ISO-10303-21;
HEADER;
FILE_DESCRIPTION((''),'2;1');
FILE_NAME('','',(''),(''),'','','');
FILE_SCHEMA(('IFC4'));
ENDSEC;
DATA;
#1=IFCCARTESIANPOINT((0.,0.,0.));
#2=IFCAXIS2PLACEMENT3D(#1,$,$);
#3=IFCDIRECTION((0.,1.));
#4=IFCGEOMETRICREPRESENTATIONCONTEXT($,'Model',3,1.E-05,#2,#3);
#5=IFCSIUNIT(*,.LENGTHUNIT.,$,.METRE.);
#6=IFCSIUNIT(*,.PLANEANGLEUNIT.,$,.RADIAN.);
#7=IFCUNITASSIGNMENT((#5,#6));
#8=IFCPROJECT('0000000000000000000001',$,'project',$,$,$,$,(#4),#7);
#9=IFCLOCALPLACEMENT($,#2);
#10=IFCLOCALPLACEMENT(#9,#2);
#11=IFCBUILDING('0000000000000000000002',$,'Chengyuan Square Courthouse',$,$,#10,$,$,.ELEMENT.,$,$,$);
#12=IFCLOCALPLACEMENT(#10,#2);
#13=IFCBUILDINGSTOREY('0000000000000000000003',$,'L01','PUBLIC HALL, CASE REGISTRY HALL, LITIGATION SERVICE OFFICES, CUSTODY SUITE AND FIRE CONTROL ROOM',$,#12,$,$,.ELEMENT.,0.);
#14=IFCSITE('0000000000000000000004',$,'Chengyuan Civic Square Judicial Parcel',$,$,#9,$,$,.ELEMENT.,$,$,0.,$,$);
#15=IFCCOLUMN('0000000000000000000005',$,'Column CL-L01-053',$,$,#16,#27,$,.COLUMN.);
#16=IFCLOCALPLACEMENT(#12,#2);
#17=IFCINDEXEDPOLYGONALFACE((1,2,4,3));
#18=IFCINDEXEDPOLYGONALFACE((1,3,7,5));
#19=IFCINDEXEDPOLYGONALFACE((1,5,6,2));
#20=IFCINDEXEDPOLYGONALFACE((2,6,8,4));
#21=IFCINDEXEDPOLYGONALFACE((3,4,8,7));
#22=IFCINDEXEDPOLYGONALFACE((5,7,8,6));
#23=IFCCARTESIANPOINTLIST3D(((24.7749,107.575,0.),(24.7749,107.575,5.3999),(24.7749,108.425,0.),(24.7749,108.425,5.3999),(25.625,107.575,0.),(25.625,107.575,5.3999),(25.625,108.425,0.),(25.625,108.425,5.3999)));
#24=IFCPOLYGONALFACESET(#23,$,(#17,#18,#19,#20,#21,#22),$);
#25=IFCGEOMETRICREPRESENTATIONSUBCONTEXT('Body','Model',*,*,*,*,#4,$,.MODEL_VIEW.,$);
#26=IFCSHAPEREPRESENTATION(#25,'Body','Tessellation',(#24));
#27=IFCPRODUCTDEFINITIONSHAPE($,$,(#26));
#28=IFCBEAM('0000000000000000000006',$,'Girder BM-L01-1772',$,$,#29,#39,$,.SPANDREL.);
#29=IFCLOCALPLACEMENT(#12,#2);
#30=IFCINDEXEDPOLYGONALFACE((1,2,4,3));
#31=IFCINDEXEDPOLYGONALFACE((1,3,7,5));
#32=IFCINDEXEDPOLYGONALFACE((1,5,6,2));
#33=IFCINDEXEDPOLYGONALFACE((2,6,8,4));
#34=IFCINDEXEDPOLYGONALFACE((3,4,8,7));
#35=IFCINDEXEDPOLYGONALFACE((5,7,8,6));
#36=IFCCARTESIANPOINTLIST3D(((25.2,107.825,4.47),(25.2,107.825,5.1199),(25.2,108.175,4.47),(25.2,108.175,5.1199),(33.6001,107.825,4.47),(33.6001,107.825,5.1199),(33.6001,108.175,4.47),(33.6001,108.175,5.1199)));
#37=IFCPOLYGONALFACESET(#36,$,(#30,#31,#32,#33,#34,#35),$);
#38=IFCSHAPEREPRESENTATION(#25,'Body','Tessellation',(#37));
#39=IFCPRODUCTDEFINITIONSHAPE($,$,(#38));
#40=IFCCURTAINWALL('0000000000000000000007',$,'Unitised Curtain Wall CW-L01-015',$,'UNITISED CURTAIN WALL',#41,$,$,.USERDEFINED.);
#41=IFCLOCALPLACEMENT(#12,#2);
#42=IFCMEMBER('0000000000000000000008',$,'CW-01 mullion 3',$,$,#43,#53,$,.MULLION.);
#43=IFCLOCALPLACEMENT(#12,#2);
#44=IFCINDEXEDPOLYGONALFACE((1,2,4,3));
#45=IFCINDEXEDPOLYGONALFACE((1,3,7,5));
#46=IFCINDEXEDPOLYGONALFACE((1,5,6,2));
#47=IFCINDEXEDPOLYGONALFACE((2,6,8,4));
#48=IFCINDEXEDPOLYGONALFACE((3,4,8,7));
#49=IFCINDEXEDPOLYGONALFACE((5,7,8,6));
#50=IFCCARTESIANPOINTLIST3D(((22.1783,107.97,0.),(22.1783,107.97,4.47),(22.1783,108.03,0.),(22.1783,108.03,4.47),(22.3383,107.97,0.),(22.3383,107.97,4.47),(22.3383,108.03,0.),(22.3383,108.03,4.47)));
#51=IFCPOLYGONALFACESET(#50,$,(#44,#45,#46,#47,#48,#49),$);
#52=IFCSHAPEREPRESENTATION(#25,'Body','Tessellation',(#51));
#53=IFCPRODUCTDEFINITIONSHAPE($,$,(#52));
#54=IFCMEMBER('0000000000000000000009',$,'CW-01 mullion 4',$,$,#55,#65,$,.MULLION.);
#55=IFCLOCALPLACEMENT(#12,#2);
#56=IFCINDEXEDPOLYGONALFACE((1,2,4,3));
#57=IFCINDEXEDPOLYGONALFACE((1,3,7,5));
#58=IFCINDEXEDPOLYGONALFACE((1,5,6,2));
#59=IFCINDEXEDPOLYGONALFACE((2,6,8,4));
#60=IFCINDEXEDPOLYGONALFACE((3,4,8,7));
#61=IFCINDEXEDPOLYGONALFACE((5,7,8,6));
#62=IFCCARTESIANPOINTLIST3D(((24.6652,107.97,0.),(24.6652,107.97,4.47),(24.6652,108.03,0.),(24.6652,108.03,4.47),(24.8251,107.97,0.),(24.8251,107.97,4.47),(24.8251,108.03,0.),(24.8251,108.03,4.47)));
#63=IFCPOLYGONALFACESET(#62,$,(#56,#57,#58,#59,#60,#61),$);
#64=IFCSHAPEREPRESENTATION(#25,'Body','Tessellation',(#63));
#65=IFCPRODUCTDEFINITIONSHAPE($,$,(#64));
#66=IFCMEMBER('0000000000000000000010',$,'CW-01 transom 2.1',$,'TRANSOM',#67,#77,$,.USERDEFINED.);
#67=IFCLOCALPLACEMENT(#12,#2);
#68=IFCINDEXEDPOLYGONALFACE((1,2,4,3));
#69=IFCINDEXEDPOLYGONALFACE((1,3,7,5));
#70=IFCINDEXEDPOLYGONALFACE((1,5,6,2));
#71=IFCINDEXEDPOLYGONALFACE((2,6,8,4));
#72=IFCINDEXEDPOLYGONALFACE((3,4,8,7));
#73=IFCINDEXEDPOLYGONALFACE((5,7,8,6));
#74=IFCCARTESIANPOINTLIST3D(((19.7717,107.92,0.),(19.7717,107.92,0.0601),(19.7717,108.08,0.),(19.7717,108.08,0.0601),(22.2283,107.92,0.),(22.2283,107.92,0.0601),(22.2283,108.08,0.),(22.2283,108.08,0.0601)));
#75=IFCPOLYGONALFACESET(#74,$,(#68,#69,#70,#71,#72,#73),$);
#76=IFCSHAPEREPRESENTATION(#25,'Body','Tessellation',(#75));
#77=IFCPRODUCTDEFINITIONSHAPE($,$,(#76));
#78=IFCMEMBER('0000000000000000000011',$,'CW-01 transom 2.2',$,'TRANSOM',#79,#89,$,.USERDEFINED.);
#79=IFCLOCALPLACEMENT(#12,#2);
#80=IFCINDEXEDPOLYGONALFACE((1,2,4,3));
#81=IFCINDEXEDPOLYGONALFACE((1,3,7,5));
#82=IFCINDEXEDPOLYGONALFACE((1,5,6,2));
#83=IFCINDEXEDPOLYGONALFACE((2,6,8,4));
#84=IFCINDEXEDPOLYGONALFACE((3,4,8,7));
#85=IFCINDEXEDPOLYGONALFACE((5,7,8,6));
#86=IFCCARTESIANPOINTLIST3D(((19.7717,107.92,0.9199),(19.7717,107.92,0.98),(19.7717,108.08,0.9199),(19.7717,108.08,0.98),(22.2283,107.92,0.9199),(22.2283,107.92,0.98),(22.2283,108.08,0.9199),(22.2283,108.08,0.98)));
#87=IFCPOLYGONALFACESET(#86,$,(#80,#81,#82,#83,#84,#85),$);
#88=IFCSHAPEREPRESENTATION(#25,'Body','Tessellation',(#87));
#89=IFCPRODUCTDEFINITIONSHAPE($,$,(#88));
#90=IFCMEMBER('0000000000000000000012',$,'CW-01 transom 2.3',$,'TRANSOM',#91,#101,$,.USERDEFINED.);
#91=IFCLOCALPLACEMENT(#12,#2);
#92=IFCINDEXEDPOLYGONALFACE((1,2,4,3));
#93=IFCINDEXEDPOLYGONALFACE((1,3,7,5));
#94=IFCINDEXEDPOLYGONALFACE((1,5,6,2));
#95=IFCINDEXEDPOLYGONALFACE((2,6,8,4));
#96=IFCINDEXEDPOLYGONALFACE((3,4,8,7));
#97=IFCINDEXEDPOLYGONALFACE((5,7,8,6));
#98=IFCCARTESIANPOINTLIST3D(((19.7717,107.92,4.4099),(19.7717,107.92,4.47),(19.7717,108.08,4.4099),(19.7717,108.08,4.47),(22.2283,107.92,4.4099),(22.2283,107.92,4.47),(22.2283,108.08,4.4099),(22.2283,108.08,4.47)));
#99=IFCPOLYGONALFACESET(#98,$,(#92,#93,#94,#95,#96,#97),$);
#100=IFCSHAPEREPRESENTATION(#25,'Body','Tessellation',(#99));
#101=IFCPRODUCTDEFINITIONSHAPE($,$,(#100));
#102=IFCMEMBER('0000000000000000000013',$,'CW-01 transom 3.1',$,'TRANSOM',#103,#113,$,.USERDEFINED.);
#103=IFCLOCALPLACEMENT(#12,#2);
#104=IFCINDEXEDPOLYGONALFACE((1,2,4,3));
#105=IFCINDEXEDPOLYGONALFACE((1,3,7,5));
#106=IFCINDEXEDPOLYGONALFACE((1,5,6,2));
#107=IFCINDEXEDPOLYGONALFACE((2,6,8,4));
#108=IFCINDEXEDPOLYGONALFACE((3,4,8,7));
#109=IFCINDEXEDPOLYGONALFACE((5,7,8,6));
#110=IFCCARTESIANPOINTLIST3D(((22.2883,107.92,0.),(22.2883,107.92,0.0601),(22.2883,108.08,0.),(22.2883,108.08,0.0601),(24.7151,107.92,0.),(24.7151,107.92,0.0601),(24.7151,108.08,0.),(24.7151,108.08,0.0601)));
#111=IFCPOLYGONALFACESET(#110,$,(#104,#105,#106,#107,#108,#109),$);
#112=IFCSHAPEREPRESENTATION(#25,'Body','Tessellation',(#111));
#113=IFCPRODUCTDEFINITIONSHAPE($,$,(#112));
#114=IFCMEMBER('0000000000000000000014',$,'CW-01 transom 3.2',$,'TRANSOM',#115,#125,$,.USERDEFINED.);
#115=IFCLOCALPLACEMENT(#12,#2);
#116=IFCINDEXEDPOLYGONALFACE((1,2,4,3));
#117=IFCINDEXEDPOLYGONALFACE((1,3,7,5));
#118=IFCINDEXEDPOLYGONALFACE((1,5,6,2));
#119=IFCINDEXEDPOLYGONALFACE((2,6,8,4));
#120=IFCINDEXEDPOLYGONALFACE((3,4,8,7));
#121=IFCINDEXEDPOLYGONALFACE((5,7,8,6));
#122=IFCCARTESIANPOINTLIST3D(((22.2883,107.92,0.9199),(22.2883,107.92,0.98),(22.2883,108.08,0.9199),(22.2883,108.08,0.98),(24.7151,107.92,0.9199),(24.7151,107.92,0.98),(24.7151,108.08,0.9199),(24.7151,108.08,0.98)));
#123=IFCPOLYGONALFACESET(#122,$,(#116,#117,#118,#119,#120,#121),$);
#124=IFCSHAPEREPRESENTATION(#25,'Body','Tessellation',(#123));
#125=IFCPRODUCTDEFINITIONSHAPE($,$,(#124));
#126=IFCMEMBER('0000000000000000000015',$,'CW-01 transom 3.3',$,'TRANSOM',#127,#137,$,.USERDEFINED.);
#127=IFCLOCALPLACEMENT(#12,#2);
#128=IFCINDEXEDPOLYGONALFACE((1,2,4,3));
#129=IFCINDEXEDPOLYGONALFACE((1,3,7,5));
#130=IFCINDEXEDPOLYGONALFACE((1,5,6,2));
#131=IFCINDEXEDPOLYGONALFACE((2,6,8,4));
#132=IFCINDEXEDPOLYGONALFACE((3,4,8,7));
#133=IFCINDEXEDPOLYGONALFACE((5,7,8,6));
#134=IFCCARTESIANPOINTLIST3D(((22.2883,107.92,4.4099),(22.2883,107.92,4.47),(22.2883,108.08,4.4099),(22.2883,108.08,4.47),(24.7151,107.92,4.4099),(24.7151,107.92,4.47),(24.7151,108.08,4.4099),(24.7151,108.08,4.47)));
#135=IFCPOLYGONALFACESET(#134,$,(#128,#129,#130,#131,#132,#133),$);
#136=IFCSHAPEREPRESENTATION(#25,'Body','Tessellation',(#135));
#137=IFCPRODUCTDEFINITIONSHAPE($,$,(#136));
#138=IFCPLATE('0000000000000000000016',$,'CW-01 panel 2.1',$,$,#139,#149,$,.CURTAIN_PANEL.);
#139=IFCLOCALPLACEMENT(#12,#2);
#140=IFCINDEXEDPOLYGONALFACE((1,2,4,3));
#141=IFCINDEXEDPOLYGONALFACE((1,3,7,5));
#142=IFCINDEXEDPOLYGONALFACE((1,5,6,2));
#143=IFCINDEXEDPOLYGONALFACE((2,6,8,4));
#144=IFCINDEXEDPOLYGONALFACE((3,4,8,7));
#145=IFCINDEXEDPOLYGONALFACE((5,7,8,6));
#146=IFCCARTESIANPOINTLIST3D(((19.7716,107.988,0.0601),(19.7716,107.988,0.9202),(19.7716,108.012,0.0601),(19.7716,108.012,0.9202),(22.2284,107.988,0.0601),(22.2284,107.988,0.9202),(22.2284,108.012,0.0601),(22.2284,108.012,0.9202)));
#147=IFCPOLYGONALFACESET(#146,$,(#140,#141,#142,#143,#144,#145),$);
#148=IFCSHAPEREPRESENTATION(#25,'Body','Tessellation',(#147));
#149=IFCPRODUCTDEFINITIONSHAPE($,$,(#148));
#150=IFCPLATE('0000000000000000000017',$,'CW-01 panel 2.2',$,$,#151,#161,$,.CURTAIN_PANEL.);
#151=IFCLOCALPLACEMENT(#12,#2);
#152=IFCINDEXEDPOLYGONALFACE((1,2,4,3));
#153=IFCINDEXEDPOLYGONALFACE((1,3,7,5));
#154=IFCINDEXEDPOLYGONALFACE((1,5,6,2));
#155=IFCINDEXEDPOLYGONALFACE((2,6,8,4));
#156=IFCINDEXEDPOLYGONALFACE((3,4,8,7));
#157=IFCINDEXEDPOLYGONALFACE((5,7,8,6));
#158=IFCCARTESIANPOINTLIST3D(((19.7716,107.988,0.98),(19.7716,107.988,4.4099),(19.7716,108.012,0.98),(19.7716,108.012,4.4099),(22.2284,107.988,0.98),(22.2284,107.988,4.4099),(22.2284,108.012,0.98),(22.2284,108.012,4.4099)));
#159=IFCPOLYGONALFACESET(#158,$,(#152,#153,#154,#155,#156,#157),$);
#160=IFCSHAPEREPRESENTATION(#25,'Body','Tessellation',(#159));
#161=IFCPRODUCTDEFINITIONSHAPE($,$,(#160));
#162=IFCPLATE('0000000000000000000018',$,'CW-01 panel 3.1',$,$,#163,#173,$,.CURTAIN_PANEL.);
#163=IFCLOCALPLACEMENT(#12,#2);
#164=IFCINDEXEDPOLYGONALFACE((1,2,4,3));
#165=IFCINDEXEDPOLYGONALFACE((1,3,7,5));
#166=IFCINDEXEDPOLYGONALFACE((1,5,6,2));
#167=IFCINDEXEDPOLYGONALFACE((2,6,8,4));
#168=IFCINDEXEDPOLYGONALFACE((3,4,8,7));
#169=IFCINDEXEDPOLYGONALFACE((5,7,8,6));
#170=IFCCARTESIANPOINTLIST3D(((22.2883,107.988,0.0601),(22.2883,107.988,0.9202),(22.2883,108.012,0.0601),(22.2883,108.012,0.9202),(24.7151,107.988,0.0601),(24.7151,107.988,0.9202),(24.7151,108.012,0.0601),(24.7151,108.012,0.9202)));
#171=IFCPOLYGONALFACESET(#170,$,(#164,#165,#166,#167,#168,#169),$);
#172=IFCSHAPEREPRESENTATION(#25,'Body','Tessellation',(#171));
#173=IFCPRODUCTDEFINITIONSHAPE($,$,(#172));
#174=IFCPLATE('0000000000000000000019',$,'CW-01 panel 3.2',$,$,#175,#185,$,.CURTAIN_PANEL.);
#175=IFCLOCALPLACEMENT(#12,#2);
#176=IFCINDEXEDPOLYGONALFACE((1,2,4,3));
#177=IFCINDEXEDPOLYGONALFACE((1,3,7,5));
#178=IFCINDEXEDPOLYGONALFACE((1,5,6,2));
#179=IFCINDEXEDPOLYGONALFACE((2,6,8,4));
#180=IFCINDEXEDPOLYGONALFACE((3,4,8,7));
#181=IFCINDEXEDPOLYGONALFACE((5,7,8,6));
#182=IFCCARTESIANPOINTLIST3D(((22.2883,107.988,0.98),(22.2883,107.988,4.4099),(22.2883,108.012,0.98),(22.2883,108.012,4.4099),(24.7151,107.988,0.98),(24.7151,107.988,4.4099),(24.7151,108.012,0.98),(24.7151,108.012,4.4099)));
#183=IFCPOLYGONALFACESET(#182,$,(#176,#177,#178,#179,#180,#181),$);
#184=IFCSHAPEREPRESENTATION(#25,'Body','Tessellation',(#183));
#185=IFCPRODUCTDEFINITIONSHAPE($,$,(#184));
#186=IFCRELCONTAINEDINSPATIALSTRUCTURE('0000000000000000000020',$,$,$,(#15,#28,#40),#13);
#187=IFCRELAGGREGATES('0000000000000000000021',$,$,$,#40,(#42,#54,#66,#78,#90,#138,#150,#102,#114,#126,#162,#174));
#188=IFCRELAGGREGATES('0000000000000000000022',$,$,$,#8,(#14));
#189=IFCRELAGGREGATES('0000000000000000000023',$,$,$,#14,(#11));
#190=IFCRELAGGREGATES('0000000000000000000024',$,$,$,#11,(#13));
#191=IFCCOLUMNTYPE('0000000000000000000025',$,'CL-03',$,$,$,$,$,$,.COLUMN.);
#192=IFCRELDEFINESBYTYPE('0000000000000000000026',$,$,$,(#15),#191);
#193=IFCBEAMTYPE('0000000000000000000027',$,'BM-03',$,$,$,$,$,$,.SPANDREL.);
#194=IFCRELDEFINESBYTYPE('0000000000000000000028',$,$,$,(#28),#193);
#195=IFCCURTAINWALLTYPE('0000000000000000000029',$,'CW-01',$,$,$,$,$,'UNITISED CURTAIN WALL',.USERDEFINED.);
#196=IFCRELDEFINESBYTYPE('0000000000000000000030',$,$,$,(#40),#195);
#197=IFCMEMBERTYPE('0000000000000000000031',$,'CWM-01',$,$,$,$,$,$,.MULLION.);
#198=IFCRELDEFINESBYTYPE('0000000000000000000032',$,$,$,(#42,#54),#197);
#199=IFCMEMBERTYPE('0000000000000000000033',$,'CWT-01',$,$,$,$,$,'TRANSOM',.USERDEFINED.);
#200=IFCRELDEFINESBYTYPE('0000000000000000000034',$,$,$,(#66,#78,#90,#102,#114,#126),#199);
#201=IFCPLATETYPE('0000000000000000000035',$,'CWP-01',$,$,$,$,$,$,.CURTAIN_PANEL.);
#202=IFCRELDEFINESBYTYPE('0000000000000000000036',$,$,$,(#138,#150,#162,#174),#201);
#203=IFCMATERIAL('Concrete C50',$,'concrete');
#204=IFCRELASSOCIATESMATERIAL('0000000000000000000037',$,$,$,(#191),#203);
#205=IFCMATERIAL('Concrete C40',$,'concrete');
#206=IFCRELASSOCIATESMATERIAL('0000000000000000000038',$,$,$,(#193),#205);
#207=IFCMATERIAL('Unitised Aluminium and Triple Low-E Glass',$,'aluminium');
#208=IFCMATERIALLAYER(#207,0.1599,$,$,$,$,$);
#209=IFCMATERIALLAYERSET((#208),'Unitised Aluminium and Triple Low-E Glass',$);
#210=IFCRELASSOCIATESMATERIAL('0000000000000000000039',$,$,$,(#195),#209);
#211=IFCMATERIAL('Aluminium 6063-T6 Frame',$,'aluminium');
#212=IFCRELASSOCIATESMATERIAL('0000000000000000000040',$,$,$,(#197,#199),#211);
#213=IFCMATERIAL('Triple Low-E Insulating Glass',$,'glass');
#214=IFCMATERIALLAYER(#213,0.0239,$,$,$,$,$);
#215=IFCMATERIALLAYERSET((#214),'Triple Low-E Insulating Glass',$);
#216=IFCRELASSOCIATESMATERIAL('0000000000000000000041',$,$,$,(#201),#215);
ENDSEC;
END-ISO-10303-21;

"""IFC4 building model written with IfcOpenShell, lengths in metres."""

from ifc_helpers import new_model, si_unit, direction, frame, origin, origin_2d, place, context, subcontext, project, spatial, rectangle, extrude, material, layer, layer_set, material_profile, profile_set, type_object, element, aggregate, save


model = new_model("IFC4")

# Units and contexts
model_context = context("Model", 3, precision=1e-05, world=origin(), true_north=direction((0.0, 1.0)))
body_context = subcontext(model_context, "Body", "Model", "MODEL_VIEW")
ifc_project = project(units=[si_unit("LENGTHUNIT", "METRE"), si_unit("PLANEANGLEUNIT", "RADIAN")], contexts=[model_context])

# Site, building, storey
site_placement = place(None, origin())
site = spatial("IfcSite", under=ifc_project, at=site_placement, Name="Chengyuan Civic Square Judicial Parcel", CompositionType="ELEMENT", RefElevation=0.0)
building_placement = place(site_placement, origin())
building = spatial("IfcBuilding", under=site, at=building_placement, Name="Chengyuan Square Courthouse", CompositionType="ELEMENT")
storey_placement = place(building_placement, origin())
storey = spatial("IfcBuildingStorey", under=building, at=storey_placement, Name="L01", Description="PUBLIC HALL, CASE REGISTRY HALL, LITIGATION SERVICE OFFICES, CUSTODY SUITE AND FIRE CONTROL ROOM", CompositionType="ELEMENT", Elevation=0.0)

# Column
ifc_material_1 = material(Name="Concrete C50", Category="concrete")
ifc_material_profile_1 = material_profile(ifc_material_1, rectangle(XDim=0.8501, YDim=0.8501, at=origin_2d()), Name="RC-COL-850x850")
ifc_profile_set_1 = profile_set([ifc_material_profile_1], Name="Concrete C50")
column_type = type_object("IfcColumnType", Name="CL-03", PredefinedType="COLUMN", material=ifc_profile_set_1)
column_placement = place(storey_placement, frame((25.2, 108.0, 0.0), z_axis=(0.0, 0.0, 1.0), x_axis=(1.0, 0.0, 0.0)))
element("IfcColumn", 1, at=column_placement, inside=storey, type_object=column_type, Name="Column CL-L01-053", PredefinedType="COLUMN", context=body_context, shape_type="SweptSolid", body=[
    extrude(rectangle(XDim=0.8501, YDim=0.8501, at=origin_2d()), origin(), (0.0, 0.0, 1.0), 5.3999),
])

# Beam
ifc_material_2 = material(Name="Concrete C40", Category="concrete")
ifc_material_profile_2 = material_profile(ifc_material_2, rectangle(XDim=0.3501, YDim=0.6499, at=origin_2d()), Name="RC-BM-350x650")
ifc_profile_set_2 = profile_set([ifc_material_profile_2], Name="Concrete C40")
beam_type = type_object("IfcBeamType", Name="BM-03", PredefinedType="SPANDREL", material=ifc_profile_set_2)
beam_placement = place(storey_placement, frame((25.2, 108.0, 4.7949), z_axis=(1.0, 0.0, 0.0), x_axis=(0.0, 1.0, 0.0)))
element("IfcBeam", 2, at=beam_placement, inside=storey, type_object=beam_type, Name="Girder BM-L01-1772", PredefinedType="SPANDREL", context=body_context, shape_type="SweptSolid", body=[
    extrude(rectangle(XDim=0.3501, YDim=0.6499, at=origin_2d()), origin(), (0.0, 0.0, 1.0), 8.4001),
])

# Curtain wall, members, plates
ifc_material_3 = material(Name="Unitised Aluminium and Triple Low-E Glass", Category="aluminium")
ifc_layer_1 = layer(ifc_material_3, 0.1599)
ifc_layer_set_1 = layer_set([ifc_layer_1], Name="Unitised Aluminium and Triple Low-E Glass")
curtain_wall_type = type_object("IfcCurtainWallType", Name="CW-01", ElementType="UNITISED CURTAIN WALL", PredefinedType="USERDEFINED", material=ifc_layer_set_1)
curtain_wall_placement = place(storey_placement, origin())
curtain_wall = element("IfcCurtainWall", 3, at=curtain_wall_placement, inside=storey, type_object=curtain_wall_type, Name="Unitised Curtain Wall CW-L01-015", ObjectType="UNITISED CURTAIN WALL", PredefinedType="USERDEFINED")
ifc_material_4 = material(Name="Aluminium 6063-T6 Frame", Category="aluminium")
ifc_material_profile_3 = material_profile(ifc_material_4, rectangle(XDim=0.0601, YDim=0.1599, at=origin_2d()), Name="CW-MUL-60x160")
ifc_profile_set_3 = profile_set([ifc_material_profile_3], Name="Aluminium 6063-T6 Frame")
member_type_1 = type_object("IfcMemberType", Name="CWM-01", PredefinedType="MULLION", material=ifc_profile_set_3)
member_1_placement = place(storey_placement, frame((22.2583, 108.0, 0.0), z_axis=(0.0, 0.0, 1.0), x_axis=(0.0, 1.0, 0.0)))
member_1 = element("IfcMember", 4, at=member_1_placement, type_object=member_type_1, Name="CW-01 mullion 3", PredefinedType="MULLION", context=body_context, shape_type="SweptSolid", body=[
    extrude(rectangle(XDim=0.0601, YDim=0.1599, at=origin_2d()), origin(), (0.0, 0.0, 1.0), 4.47),
])
member_2_placement = place(storey_placement, frame((24.7451, 108.0, 0.0), z_axis=(0.0, 0.0, 1.0), x_axis=(0.0, 1.0, 0.0)))
member_2 = element("IfcMember", 5, at=member_2_placement, type_object=member_type_1, Name="CW-01 mullion 4", PredefinedType="MULLION", context=body_context, shape_type="SweptSolid", body=[
    extrude(rectangle(XDim=0.0601, YDim=0.1599, at=origin_2d()), origin(), (0.0, 0.0, 1.0), 4.47),
])
ifc_material_profile_4 = material_profile(ifc_material_4, rectangle(XDim=0.1599, YDim=0.0601, at=origin_2d()), Name="CW-TRN-60x120")
ifc_profile_set_4 = profile_set([ifc_material_profile_4], Name="Aluminium 6063-T6 Frame")
member_type_2 = type_object("IfcMemberType", Name="CWT-01", ElementType="TRANSOM", PredefinedType="USERDEFINED", material=ifc_profile_set_4)
member_3_placement = place(storey_placement, frame((19.7717, 108.0, 0.03), z_axis=(1.0, 0.0, 0.0), x_axis=(0.0, 1.0, 0.0)))
member_3 = element("IfcMember", 6, at=member_3_placement, type_object=member_type_2, Name="CW-01 transom 2.1", ObjectType="TRANSOM", PredefinedType="USERDEFINED", context=body_context, shape_type="SweptSolid", body=[
    extrude(rectangle(XDim=0.1599, YDim=0.0601, at=origin_2d()), origin(), (0.0, 0.0, 1.0), 2.4565),
])
member_4_placement = place(storey_placement, frame((19.7717, 108.0, 0.95), z_axis=(1.0, 0.0, 0.0), x_axis=(0.0, 1.0, 0.0)))
member_4 = element("IfcMember", 7, at=member_4_placement, type_object=member_type_2, Name="CW-01 transom 2.2", ObjectType="TRANSOM", PredefinedType="USERDEFINED", context=body_context, shape_type="SweptSolid", body=[
    extrude(rectangle(XDim=0.1599, YDim=0.0601, at=origin_2d()), origin(), (0.0, 0.0, 1.0), 2.4565),
])
member_5_placement = place(storey_placement, frame((19.7717, 108.0, 4.4399), z_axis=(1.0, 0.0, 0.0), x_axis=(0.0, 1.0, 0.0)))
member_5 = element("IfcMember", 8, at=member_5_placement, type_object=member_type_2, Name="CW-01 transom 2.3", ObjectType="TRANSOM", PredefinedType="USERDEFINED", context=body_context, shape_type="SweptSolid", body=[
    extrude(rectangle(XDim=0.1599, YDim=0.0601, at=origin_2d()), origin(), (0.0, 0.0, 1.0), 2.4565),
])
member_6_placement = place(storey_placement, frame((22.2883, 108.0, 0.03), z_axis=(1.0, 0.0, 0.0), x_axis=(0.0, 1.0, 0.0)))
member_6 = element("IfcMember", 9, at=member_6_placement, type_object=member_type_2, Name="CW-01 transom 3.1", ObjectType="TRANSOM", PredefinedType="USERDEFINED", context=body_context, shape_type="SweptSolid", body=[
    extrude(rectangle(XDim=0.1599, YDim=0.0601, at=origin_2d()), origin(), (0.0, 0.0, 1.0), 2.4268),
])
member_7_placement = place(storey_placement, frame((22.2883, 108.0, 0.95), z_axis=(1.0, 0.0, 0.0), x_axis=(0.0, 1.0, 0.0)))
member_7 = element("IfcMember", 10, at=member_7_placement, type_object=member_type_2, Name="CW-01 transom 3.2", ObjectType="TRANSOM", PredefinedType="USERDEFINED", context=body_context, shape_type="SweptSolid", body=[
    extrude(rectangle(XDim=0.1599, YDim=0.0601, at=origin_2d()), origin(), (0.0, 0.0, 1.0), 2.4268),
])
member_8_placement = place(storey_placement, frame((22.2883, 108.0, 4.4399), z_axis=(1.0, 0.0, 0.0), x_axis=(0.0, 1.0, 0.0)))
member_8 = element("IfcMember", 11, at=member_8_placement, type_object=member_type_2, Name="CW-01 transom 3.3", ObjectType="TRANSOM", PredefinedType="USERDEFINED", context=body_context, shape_type="SweptSolid", body=[
    extrude(rectangle(XDim=0.1599, YDim=0.0601, at=origin_2d()), origin(), (0.0, 0.0, 1.0), 2.4268),
])
ifc_material_5 = material(Name="Triple Low-E Insulating Glass", Category="glass")
ifc_layer_2 = layer(ifc_material_5, 0.0239)
ifc_layer_set_2 = layer_set([ifc_layer_2], Name="Triple Low-E Insulating Glass")
plate_type = type_object("IfcPlateType", Name="CWP-01", PredefinedType="CURTAIN_PANEL", material=ifc_layer_set_2)
plate_1_placement = place(storey_placement, frame((21.0, 108.0, 0.0601), z_axis=(0.0, 0.0, 1.0), x_axis=(1.0, 0.0, 0.0)))
plate_1 = element("IfcPlate", 12, at=plate_1_placement, type_object=plate_type, Name="CW-01 panel 2.1", PredefinedType="CURTAIN_PANEL", context=body_context, shape_type="SweptSolid", body=[
    extrude(rectangle(XDim=2.4568, YDim=0.0239, at=origin_2d()), origin(), (0.0, 0.0, 1.0), 0.8601),
])
plate_2_placement = place(storey_placement, frame((21.0, 108.0, 0.98), z_axis=(0.0, 0.0, 1.0), x_axis=(1.0, 0.0, 0.0)))
plate_2 = element("IfcPlate", 13, at=plate_2_placement, type_object=plate_type, Name="CW-01 panel 2.2", PredefinedType="CURTAIN_PANEL", context=body_context, shape_type="SweptSolid", body=[
    extrude(rectangle(XDim=2.4568, YDim=0.0239, at=origin_2d()), origin(), (0.0, 0.0, 1.0), 3.4299),
])
plate_3_placement = place(storey_placement, frame((23.5017, 108.0, 0.0601), z_axis=(0.0, 0.0, 1.0), x_axis=(1.0, 0.0, 0.0)))
plate_3 = element("IfcPlate", 14, at=plate_3_placement, type_object=plate_type, Name="CW-01 panel 3.1", PredefinedType="CURTAIN_PANEL", context=body_context, shape_type="SweptSolid", body=[
    extrude(rectangle(XDim=2.4268, YDim=0.0239, at=origin_2d()), origin(), (0.0, 0.0, 1.0), 0.8601),
])
plate_4_placement = place(storey_placement, frame((23.5017, 108.0, 0.98), z_axis=(0.0, 0.0, 1.0), x_axis=(1.0, 0.0, 0.0)))
plate_4 = element("IfcPlate", 15, at=plate_4_placement, type_object=plate_type, Name="CW-01 panel 3.2", PredefinedType="CURTAIN_PANEL", context=body_context, shape_type="SweptSolid", body=[
    extrude(rectangle(XDim=2.4268, YDim=0.0239, at=origin_2d()), origin(), (0.0, 0.0, 1.0), 3.4299),
])
aggregate(curtain_wall, [member_1, member_2, member_3, member_4, member_5, plate_1, plate_2, member_6, member_7, member_8, plate_3, plate_4])

save(model, "model.ifc")
